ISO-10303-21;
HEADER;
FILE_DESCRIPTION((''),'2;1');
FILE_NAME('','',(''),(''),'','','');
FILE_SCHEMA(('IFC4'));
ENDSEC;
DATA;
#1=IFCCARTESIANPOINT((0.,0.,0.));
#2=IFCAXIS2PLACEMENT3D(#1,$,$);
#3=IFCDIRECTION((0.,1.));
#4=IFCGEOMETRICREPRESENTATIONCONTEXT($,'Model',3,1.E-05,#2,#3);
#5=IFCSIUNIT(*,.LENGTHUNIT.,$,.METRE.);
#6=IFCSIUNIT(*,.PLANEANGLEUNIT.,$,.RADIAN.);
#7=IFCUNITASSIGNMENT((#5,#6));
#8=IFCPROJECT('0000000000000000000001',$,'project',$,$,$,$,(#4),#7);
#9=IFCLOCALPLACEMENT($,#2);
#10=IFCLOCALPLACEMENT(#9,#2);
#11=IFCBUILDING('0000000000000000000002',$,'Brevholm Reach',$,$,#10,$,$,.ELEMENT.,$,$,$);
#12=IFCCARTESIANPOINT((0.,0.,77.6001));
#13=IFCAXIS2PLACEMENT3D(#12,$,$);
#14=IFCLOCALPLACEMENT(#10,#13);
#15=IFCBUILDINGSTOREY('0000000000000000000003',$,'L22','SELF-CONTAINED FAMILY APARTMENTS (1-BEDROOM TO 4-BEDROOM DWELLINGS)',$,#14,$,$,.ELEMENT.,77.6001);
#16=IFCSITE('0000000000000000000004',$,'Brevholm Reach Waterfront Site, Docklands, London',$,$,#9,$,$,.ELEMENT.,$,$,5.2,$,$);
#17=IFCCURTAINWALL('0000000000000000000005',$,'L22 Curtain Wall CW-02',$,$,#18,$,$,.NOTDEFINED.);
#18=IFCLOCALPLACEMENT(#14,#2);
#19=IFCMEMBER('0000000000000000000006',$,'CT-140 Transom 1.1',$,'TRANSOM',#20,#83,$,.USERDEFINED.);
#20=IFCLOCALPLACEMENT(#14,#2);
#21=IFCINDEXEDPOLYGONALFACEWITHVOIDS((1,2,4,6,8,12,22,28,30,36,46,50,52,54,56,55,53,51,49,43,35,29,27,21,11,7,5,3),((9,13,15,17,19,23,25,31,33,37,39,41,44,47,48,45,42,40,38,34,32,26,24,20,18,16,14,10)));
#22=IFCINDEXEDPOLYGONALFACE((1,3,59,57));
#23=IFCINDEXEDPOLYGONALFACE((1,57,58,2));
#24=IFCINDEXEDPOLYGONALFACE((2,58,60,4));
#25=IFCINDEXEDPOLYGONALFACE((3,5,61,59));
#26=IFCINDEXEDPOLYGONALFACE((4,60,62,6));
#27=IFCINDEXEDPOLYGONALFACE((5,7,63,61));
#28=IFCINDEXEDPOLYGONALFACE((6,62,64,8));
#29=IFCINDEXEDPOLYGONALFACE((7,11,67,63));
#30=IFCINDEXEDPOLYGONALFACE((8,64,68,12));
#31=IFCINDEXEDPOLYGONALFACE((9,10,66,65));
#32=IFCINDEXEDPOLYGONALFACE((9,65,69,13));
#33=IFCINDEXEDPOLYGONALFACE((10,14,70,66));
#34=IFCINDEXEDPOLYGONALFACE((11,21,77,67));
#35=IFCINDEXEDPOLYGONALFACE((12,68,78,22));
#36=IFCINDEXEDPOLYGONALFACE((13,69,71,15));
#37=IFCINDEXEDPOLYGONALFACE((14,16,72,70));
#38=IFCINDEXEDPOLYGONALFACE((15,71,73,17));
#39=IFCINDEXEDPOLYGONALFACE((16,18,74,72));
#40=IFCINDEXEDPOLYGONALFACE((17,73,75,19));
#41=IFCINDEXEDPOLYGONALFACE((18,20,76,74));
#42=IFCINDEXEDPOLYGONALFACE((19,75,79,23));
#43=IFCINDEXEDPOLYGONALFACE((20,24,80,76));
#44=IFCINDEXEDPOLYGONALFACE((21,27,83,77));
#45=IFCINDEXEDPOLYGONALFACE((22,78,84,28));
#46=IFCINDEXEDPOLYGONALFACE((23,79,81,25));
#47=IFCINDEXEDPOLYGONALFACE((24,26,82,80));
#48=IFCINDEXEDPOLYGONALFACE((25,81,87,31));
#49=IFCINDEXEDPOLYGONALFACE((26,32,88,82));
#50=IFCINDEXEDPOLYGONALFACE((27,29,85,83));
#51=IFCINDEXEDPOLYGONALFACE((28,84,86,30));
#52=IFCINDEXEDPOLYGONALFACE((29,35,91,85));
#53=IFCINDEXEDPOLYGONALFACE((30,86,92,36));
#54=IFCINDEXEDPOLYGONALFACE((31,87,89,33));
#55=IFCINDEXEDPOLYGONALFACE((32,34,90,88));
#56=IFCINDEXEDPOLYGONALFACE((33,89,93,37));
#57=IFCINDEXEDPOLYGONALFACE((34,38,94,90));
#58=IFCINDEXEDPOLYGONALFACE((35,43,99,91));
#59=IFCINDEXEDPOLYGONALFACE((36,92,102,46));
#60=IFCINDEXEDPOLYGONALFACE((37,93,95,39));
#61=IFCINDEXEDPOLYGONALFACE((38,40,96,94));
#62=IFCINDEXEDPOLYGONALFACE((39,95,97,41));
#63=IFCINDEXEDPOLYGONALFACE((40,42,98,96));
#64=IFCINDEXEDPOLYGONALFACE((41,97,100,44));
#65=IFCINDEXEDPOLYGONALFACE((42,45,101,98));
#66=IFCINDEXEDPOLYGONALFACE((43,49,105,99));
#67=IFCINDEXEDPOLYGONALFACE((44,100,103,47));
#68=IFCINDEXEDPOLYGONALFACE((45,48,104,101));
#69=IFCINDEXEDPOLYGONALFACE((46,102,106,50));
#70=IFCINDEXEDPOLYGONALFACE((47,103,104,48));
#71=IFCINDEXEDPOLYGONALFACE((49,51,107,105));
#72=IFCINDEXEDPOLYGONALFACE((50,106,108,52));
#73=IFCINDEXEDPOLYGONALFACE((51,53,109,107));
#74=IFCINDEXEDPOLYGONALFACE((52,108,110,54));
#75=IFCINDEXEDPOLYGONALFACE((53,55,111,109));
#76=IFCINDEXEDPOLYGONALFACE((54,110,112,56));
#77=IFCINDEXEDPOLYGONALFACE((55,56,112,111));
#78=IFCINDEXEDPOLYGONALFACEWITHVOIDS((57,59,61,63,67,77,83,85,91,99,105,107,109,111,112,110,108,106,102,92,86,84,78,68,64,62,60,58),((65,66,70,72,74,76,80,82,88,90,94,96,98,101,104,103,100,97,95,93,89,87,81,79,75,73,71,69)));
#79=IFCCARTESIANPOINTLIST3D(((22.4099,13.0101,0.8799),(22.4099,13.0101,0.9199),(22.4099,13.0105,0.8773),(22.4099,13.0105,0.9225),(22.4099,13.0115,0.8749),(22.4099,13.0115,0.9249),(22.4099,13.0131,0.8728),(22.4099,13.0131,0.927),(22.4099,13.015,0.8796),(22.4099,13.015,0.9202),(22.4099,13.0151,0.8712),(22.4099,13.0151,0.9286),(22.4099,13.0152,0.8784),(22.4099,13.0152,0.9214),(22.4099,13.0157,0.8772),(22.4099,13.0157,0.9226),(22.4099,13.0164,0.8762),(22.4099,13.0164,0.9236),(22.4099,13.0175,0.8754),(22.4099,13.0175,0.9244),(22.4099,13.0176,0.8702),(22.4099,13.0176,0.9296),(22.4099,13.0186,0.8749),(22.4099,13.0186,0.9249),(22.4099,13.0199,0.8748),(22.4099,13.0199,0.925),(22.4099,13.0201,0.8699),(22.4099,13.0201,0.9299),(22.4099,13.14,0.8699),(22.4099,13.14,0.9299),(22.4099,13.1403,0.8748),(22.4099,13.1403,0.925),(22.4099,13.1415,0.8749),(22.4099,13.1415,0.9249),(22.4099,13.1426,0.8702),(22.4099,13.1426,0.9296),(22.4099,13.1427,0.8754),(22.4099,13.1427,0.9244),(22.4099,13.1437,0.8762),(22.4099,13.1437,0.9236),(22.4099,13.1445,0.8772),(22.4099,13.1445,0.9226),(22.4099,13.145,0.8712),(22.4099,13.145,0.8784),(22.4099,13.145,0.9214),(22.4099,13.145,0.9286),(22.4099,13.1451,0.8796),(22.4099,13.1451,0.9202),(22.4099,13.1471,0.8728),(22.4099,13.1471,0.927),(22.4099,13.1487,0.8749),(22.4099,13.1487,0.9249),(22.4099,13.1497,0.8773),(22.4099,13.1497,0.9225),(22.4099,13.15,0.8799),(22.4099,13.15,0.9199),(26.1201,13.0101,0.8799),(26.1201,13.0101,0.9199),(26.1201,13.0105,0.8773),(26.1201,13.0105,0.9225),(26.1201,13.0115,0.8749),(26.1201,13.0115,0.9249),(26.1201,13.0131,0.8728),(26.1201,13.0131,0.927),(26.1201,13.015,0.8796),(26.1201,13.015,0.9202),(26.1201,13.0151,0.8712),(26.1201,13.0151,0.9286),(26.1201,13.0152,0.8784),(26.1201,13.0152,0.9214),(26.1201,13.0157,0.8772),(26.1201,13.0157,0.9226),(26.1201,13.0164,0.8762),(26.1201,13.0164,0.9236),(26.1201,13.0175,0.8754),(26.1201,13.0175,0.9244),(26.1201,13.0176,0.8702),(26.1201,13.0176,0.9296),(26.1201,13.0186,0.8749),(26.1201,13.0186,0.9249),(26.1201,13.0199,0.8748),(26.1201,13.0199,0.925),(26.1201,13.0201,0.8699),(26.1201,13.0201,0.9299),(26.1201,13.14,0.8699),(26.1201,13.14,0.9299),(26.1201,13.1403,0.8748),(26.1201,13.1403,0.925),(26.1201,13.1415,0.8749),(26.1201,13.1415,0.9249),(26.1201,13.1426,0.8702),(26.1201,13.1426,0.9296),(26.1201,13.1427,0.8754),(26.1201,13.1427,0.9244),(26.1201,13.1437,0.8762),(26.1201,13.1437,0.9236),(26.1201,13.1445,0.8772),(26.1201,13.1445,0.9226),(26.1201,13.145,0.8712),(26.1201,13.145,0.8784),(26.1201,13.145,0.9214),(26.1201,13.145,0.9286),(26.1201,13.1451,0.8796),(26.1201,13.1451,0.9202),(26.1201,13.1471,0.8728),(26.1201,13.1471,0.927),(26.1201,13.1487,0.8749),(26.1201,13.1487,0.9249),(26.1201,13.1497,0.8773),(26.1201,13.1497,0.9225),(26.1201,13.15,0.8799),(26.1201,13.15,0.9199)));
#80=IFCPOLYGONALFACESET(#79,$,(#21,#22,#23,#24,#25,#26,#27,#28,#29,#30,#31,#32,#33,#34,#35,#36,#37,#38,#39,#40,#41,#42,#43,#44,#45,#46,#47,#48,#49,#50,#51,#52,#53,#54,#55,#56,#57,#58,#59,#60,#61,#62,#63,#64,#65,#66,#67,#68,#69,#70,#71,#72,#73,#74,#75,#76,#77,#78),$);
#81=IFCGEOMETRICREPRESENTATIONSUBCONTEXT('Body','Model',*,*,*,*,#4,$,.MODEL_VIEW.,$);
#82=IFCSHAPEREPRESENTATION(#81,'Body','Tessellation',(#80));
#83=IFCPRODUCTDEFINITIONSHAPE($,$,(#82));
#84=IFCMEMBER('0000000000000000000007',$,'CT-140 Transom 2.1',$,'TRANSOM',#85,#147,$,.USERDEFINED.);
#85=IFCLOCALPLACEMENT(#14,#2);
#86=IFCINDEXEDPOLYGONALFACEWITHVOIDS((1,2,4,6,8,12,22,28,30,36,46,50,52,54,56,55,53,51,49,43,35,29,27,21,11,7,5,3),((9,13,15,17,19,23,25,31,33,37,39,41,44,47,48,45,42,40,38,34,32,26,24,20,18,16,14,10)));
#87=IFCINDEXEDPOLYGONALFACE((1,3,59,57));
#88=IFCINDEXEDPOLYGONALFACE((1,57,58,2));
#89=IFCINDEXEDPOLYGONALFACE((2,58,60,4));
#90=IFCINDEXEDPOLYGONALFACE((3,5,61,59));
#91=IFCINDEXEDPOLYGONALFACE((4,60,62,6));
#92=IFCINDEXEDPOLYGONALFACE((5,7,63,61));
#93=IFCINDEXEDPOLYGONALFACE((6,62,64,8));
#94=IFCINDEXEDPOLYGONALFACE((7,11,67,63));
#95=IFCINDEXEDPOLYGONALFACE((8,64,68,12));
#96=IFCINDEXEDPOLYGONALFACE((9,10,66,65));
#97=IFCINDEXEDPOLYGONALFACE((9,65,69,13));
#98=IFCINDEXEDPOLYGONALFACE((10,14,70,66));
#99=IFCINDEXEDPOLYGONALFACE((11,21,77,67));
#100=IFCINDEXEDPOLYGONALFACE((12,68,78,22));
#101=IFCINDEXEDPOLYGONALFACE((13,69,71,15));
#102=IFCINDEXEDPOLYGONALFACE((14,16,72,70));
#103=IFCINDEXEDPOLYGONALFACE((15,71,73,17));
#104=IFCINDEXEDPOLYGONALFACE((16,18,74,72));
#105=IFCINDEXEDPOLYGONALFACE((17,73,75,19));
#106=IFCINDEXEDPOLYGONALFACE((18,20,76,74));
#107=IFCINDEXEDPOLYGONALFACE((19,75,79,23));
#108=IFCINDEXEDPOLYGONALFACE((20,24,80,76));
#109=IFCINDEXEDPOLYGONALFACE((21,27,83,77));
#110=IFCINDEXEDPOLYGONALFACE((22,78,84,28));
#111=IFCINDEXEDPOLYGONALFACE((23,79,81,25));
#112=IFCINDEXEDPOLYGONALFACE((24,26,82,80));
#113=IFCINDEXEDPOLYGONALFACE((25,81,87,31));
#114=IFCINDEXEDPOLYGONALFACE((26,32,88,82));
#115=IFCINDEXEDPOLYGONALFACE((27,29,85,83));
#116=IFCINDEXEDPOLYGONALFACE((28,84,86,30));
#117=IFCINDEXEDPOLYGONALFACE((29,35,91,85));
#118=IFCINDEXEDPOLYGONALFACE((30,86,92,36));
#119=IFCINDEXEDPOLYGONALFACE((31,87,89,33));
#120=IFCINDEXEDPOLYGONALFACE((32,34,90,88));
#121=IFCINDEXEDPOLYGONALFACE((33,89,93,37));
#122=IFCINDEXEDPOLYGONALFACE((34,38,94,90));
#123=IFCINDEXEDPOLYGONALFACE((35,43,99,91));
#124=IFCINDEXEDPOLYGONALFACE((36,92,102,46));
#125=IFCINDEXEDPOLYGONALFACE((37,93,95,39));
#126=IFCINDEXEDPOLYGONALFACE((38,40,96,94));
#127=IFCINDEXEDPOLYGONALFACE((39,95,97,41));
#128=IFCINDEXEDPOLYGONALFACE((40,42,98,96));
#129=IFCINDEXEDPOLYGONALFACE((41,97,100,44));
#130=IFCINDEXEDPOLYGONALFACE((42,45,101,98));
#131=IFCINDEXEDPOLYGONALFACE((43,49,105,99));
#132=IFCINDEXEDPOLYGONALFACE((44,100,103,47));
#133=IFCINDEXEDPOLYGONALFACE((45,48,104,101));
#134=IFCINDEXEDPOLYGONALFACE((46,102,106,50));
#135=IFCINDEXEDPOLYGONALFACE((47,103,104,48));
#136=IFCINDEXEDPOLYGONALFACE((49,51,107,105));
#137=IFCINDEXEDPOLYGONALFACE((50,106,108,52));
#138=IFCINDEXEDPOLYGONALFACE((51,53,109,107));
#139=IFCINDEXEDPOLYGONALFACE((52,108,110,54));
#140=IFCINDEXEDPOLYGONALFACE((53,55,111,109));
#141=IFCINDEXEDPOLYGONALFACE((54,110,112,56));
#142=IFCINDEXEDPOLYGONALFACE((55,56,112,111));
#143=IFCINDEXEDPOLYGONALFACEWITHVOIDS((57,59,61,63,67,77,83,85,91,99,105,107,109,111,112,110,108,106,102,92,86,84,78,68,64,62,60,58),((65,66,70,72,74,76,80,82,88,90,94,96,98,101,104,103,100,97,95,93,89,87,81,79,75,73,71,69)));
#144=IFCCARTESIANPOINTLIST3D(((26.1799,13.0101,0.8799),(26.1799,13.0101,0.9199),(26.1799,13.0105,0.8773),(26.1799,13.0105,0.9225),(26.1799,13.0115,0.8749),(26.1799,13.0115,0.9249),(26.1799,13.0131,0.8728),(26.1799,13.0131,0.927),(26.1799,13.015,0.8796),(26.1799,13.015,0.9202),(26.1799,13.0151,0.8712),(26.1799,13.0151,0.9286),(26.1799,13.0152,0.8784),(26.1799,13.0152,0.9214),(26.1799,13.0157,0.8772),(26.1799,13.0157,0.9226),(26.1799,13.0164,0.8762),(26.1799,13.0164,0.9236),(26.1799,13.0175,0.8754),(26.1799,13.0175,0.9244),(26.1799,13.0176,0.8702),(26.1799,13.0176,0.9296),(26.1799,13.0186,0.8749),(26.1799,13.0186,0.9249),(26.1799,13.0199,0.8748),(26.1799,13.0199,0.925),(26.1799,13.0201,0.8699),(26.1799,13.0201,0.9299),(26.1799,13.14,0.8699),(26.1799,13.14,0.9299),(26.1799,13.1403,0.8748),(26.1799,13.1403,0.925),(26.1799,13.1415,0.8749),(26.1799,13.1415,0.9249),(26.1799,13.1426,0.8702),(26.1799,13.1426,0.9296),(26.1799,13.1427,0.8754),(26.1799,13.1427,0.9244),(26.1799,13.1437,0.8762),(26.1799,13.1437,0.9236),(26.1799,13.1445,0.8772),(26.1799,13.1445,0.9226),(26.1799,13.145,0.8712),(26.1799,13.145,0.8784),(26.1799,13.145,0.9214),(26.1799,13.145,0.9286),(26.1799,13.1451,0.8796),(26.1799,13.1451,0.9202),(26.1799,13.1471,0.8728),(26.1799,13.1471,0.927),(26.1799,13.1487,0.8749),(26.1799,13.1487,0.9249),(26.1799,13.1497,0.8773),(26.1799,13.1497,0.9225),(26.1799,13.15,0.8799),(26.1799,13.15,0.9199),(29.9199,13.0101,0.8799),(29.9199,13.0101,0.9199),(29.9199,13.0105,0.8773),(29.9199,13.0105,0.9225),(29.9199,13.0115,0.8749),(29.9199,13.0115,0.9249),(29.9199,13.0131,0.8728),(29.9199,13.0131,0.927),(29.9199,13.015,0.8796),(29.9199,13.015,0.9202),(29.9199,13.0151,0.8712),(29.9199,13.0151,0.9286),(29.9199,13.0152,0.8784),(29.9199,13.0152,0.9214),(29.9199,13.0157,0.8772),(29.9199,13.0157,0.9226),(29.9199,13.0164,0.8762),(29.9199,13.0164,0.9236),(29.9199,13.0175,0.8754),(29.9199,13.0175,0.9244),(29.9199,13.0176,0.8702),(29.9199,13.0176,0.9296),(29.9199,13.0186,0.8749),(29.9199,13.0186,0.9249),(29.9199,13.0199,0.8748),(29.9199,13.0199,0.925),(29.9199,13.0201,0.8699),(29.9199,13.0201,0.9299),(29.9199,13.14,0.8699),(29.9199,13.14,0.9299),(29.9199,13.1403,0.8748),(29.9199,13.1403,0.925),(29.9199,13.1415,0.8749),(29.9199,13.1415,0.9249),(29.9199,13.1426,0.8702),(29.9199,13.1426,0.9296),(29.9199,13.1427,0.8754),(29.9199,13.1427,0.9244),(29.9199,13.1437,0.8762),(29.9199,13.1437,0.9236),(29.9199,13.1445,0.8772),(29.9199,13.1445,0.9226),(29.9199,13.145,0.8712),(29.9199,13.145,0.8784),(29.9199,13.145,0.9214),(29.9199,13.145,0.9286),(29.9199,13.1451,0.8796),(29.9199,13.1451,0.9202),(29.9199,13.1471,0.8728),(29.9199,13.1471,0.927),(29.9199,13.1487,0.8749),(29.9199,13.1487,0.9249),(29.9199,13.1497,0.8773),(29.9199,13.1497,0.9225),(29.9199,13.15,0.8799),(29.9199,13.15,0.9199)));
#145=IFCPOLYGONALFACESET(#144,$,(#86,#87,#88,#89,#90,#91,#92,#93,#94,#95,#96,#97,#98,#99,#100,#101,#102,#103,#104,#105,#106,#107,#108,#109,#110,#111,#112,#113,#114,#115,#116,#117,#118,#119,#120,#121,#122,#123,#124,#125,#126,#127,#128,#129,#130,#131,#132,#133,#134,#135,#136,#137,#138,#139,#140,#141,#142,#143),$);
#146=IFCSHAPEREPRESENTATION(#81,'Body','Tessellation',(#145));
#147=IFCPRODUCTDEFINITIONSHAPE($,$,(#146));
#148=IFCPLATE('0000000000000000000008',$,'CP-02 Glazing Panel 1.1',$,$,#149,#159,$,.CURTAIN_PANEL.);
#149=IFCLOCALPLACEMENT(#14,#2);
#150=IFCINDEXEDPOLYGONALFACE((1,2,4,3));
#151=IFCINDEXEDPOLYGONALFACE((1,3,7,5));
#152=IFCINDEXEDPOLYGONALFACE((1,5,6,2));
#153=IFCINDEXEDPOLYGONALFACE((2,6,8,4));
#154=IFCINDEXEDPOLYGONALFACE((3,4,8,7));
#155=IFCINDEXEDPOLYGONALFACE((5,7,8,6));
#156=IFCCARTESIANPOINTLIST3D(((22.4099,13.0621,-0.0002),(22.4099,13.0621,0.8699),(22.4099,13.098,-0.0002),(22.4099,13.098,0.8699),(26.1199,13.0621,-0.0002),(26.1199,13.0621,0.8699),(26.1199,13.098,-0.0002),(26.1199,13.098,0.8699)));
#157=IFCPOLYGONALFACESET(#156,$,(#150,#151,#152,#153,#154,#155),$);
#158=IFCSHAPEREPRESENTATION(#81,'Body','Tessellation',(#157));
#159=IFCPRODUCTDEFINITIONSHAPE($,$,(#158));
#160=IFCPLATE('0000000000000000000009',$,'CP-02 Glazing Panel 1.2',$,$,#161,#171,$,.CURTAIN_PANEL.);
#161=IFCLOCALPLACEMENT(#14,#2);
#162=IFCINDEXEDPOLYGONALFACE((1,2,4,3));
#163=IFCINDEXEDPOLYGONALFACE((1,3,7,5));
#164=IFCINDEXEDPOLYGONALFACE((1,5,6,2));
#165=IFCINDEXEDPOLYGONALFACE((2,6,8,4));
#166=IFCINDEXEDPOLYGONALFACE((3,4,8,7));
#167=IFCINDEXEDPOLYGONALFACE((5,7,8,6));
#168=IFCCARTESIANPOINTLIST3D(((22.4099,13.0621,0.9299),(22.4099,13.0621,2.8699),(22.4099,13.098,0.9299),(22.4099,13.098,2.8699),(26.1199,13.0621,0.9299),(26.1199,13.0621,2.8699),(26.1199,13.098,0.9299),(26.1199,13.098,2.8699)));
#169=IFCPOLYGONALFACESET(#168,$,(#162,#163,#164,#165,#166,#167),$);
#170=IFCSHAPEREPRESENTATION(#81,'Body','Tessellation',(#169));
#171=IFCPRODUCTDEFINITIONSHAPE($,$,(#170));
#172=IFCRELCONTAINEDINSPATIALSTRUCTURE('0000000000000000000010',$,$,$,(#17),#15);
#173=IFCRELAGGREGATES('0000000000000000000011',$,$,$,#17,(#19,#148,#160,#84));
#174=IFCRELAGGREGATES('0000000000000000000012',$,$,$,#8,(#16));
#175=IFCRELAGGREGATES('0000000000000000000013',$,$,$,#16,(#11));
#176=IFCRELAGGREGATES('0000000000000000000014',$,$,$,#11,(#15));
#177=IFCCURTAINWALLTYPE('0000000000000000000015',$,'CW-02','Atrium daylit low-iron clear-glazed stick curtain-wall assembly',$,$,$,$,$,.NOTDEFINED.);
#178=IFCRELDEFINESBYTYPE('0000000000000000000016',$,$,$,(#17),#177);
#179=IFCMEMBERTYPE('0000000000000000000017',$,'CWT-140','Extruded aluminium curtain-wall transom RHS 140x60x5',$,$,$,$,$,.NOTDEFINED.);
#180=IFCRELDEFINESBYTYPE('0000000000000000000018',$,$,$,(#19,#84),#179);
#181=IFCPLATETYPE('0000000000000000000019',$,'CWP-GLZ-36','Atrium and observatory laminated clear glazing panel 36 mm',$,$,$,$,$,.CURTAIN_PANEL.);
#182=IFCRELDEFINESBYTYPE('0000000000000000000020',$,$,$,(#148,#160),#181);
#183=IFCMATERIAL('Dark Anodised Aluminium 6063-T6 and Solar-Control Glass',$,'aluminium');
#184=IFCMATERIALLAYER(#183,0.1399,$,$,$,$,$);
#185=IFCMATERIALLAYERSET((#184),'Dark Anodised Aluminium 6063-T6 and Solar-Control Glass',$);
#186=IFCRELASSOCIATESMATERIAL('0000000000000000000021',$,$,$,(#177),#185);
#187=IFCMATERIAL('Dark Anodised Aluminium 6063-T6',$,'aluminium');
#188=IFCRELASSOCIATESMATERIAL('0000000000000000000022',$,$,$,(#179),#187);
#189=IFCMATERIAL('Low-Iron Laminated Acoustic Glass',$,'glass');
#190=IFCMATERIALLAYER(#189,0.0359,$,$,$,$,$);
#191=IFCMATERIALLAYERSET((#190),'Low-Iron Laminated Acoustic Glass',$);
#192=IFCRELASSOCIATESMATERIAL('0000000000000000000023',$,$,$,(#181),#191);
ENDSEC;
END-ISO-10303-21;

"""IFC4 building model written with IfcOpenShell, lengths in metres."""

from ifc_helpers import new_model, si_unit, direction, frame, origin, origin_2d, place, context, subcontext, project, spatial, rectangle, hollow_rectangle, extrude, material, layer, layer_set, material_profile, profile_set, type_object, element, aggregate, save


model = new_model("IFC4")

# Units and contexts
model_context = context("Model", 3, precision=1e-05, world=origin(), true_north=direction((0.0, 1.0)))
body_context = subcontext(model_context, "Body", "Model", "MODEL_VIEW")
ifc_project = project(units=[si_unit("LENGTHUNIT", "METRE"), si_unit("PLANEANGLEUNIT", "RADIAN")], contexts=[model_context])

# Site, building, storey
site_placement = place(None, origin())
site = spatial("IfcSite", under=ifc_project, at=site_placement, Name="Brevholm Reach Waterfront Site, Docklands, London", CompositionType="ELEMENT", RefElevation=5.2)
building_placement = place(site_placement, origin())
building = spatial("IfcBuilding", under=site, at=building_placement, Name="Brevholm Reach", CompositionType="ELEMENT")
storey_placement = place(building_placement, frame((0.0, 0.0, 77.6001)))
storey = spatial("IfcBuildingStorey", under=building, at=storey_placement, Name="L22", Description="SELF-CONTAINED FAMILY APARTMENTS (1-BEDROOM TO 4-BEDROOM DWELLINGS)", CompositionType="ELEMENT", Elevation=77.6001)

# Curtain wall, members, plates
ifc_material_1 = material(Name="Dark Anodised Aluminium 6063-T6 and Solar-Control Glass", Category="aluminium")
ifc_layer_1 = layer(ifc_material_1, 0.1399)
ifc_layer_set_1 = layer_set([ifc_layer_1], Name="Dark Anodised Aluminium 6063-T6 and Solar-Control Glass")
curtain_wall_type = type_object("IfcCurtainWallType", Name="CW-02", Description="Atrium daylit low-iron clear-glazed stick curtain-wall assembly", PredefinedType="NOTDEFINED", material=ifc_layer_set_1)
curtain_wall_placement = place(storey_placement, origin())
curtain_wall = element("IfcCurtainWall", 1, at=curtain_wall_placement, inside=storey, type_object=curtain_wall_type, Name="L22 Curtain Wall CW-02", PredefinedType="NOTDEFINED")
ifc_material_2 = material(Name="Dark Anodised Aluminium 6063-T6", Category="aluminium")
ifc_material_profile_1 = material_profile(ifc_material_2, hollow_rectangle(XDim=0.0601, YDim=0.1399, WallThickness=0.0049, InnerFilletRadius=0.0049, OuterFilletRadius=0.01, at=origin_2d()), Name="RHS 140x60x5")
ifc_profile_set_1 = profile_set([ifc_material_profile_1], Name="Dark Anodised Aluminium 6063-T6")
member_type_1 = type_object("IfcMemberType", Name="CWT-140", Description="Extruded aluminium curtain-wall transom RHS 140x60x5", PredefinedType="NOTDEFINED", material=ifc_profile_set_1)
member_1_placement = place(storey_placement, frame((22.4099, 13.0801, 0.8999), z_axis=(1.0, 0.0, 0.0), x_axis=(0.0, 0.0, 1.0)))
member_1 = element("IfcMember", 2, at=member_1_placement, type_object=member_type_1, Name="CT-140 Transom 1.1", ObjectType="TRANSOM", PredefinedType="USERDEFINED", context=body_context, shape_type="SweptSolid", body=[
    extrude(hollow_rectangle(XDim=0.0601, YDim=0.1399, WallThickness=0.0049, InnerFilletRadius=0.0049, OuterFilletRadius=0.01, at=origin_2d()), origin(), (0.0, 0.0, 1.0), 3.7102),
])
member_2_placement = place(storey_placement, frame((26.1799, 13.0801, 0.8999), z_axis=(1.0, 0.0, 0.0), x_axis=(0.0, 0.0, 1.0)))
member_2 = element("IfcMember", 3, at=member_2_placement, type_object=member_type_1, Name="CT-140 Transom 2.1", ObjectType="TRANSOM", PredefinedType="USERDEFINED", context=body_context, shape_type="SweptSolid", body=[
    extrude(hollow_rectangle(XDim=0.0601, YDim=0.1399, WallThickness=0.0049, InnerFilletRadius=0.0049, OuterFilletRadius=0.01, at=origin_2d()), origin(), (0.0, 0.0, 1.0), 3.74),
])
ifc_material_3 = material(Name="Low-Iron Laminated Acoustic Glass", Category="glass")
ifc_layer_2 = layer(ifc_material_3, 0.0359)
ifc_layer_set_2 = layer_set([ifc_layer_2], Name="Low-Iron Laminated Acoustic Glass")
plate_type = type_object("IfcPlateType", Name="CWP-GLZ-36", Description="Atrium and observatory laminated clear glazing panel 36 mm", PredefinedType="CURTAIN_PANEL", material=ifc_layer_set_2)
plate_1_placement = place(storey_placement, frame((24.2649, 13.0801, -0.0002), z_axis=(0.0, 0.0, 1.0), x_axis=(1.0, 0.0, 0.0)))
plate_1 = element("IfcPlate", 4, at=plate_1_placement, type_object=plate_type, Name="CP-02 Glazing Panel 1.1", PredefinedType="CURTAIN_PANEL", context=body_context, shape_type="SweptSolid", body=[
    extrude(rectangle(XDim=3.71, YDim=0.0359, at=origin_2d()), origin(), (0.0, 0.0, 1.0), 0.8701),
])
plate_2_placement = place(storey_placement, frame((24.2649, 13.0801, 0.9299), z_axis=(0.0, 0.0, 1.0), x_axis=(1.0, 0.0, 0.0)))
plate_2 = element("IfcPlate", 5, at=plate_2_placement, type_object=plate_type, Name="CP-02 Glazing Panel 1.2", PredefinedType="CURTAIN_PANEL", context=body_context, shape_type="SweptSolid", body=[
    extrude(rectangle(XDim=3.71, YDim=0.0359, at=origin_2d()), origin(), (0.0, 0.0, 1.0), 1.9399),
])
aggregate(curtain_wall, [member_1, plate_1, plate_2, member_2])

save(model, "model.ifc")
